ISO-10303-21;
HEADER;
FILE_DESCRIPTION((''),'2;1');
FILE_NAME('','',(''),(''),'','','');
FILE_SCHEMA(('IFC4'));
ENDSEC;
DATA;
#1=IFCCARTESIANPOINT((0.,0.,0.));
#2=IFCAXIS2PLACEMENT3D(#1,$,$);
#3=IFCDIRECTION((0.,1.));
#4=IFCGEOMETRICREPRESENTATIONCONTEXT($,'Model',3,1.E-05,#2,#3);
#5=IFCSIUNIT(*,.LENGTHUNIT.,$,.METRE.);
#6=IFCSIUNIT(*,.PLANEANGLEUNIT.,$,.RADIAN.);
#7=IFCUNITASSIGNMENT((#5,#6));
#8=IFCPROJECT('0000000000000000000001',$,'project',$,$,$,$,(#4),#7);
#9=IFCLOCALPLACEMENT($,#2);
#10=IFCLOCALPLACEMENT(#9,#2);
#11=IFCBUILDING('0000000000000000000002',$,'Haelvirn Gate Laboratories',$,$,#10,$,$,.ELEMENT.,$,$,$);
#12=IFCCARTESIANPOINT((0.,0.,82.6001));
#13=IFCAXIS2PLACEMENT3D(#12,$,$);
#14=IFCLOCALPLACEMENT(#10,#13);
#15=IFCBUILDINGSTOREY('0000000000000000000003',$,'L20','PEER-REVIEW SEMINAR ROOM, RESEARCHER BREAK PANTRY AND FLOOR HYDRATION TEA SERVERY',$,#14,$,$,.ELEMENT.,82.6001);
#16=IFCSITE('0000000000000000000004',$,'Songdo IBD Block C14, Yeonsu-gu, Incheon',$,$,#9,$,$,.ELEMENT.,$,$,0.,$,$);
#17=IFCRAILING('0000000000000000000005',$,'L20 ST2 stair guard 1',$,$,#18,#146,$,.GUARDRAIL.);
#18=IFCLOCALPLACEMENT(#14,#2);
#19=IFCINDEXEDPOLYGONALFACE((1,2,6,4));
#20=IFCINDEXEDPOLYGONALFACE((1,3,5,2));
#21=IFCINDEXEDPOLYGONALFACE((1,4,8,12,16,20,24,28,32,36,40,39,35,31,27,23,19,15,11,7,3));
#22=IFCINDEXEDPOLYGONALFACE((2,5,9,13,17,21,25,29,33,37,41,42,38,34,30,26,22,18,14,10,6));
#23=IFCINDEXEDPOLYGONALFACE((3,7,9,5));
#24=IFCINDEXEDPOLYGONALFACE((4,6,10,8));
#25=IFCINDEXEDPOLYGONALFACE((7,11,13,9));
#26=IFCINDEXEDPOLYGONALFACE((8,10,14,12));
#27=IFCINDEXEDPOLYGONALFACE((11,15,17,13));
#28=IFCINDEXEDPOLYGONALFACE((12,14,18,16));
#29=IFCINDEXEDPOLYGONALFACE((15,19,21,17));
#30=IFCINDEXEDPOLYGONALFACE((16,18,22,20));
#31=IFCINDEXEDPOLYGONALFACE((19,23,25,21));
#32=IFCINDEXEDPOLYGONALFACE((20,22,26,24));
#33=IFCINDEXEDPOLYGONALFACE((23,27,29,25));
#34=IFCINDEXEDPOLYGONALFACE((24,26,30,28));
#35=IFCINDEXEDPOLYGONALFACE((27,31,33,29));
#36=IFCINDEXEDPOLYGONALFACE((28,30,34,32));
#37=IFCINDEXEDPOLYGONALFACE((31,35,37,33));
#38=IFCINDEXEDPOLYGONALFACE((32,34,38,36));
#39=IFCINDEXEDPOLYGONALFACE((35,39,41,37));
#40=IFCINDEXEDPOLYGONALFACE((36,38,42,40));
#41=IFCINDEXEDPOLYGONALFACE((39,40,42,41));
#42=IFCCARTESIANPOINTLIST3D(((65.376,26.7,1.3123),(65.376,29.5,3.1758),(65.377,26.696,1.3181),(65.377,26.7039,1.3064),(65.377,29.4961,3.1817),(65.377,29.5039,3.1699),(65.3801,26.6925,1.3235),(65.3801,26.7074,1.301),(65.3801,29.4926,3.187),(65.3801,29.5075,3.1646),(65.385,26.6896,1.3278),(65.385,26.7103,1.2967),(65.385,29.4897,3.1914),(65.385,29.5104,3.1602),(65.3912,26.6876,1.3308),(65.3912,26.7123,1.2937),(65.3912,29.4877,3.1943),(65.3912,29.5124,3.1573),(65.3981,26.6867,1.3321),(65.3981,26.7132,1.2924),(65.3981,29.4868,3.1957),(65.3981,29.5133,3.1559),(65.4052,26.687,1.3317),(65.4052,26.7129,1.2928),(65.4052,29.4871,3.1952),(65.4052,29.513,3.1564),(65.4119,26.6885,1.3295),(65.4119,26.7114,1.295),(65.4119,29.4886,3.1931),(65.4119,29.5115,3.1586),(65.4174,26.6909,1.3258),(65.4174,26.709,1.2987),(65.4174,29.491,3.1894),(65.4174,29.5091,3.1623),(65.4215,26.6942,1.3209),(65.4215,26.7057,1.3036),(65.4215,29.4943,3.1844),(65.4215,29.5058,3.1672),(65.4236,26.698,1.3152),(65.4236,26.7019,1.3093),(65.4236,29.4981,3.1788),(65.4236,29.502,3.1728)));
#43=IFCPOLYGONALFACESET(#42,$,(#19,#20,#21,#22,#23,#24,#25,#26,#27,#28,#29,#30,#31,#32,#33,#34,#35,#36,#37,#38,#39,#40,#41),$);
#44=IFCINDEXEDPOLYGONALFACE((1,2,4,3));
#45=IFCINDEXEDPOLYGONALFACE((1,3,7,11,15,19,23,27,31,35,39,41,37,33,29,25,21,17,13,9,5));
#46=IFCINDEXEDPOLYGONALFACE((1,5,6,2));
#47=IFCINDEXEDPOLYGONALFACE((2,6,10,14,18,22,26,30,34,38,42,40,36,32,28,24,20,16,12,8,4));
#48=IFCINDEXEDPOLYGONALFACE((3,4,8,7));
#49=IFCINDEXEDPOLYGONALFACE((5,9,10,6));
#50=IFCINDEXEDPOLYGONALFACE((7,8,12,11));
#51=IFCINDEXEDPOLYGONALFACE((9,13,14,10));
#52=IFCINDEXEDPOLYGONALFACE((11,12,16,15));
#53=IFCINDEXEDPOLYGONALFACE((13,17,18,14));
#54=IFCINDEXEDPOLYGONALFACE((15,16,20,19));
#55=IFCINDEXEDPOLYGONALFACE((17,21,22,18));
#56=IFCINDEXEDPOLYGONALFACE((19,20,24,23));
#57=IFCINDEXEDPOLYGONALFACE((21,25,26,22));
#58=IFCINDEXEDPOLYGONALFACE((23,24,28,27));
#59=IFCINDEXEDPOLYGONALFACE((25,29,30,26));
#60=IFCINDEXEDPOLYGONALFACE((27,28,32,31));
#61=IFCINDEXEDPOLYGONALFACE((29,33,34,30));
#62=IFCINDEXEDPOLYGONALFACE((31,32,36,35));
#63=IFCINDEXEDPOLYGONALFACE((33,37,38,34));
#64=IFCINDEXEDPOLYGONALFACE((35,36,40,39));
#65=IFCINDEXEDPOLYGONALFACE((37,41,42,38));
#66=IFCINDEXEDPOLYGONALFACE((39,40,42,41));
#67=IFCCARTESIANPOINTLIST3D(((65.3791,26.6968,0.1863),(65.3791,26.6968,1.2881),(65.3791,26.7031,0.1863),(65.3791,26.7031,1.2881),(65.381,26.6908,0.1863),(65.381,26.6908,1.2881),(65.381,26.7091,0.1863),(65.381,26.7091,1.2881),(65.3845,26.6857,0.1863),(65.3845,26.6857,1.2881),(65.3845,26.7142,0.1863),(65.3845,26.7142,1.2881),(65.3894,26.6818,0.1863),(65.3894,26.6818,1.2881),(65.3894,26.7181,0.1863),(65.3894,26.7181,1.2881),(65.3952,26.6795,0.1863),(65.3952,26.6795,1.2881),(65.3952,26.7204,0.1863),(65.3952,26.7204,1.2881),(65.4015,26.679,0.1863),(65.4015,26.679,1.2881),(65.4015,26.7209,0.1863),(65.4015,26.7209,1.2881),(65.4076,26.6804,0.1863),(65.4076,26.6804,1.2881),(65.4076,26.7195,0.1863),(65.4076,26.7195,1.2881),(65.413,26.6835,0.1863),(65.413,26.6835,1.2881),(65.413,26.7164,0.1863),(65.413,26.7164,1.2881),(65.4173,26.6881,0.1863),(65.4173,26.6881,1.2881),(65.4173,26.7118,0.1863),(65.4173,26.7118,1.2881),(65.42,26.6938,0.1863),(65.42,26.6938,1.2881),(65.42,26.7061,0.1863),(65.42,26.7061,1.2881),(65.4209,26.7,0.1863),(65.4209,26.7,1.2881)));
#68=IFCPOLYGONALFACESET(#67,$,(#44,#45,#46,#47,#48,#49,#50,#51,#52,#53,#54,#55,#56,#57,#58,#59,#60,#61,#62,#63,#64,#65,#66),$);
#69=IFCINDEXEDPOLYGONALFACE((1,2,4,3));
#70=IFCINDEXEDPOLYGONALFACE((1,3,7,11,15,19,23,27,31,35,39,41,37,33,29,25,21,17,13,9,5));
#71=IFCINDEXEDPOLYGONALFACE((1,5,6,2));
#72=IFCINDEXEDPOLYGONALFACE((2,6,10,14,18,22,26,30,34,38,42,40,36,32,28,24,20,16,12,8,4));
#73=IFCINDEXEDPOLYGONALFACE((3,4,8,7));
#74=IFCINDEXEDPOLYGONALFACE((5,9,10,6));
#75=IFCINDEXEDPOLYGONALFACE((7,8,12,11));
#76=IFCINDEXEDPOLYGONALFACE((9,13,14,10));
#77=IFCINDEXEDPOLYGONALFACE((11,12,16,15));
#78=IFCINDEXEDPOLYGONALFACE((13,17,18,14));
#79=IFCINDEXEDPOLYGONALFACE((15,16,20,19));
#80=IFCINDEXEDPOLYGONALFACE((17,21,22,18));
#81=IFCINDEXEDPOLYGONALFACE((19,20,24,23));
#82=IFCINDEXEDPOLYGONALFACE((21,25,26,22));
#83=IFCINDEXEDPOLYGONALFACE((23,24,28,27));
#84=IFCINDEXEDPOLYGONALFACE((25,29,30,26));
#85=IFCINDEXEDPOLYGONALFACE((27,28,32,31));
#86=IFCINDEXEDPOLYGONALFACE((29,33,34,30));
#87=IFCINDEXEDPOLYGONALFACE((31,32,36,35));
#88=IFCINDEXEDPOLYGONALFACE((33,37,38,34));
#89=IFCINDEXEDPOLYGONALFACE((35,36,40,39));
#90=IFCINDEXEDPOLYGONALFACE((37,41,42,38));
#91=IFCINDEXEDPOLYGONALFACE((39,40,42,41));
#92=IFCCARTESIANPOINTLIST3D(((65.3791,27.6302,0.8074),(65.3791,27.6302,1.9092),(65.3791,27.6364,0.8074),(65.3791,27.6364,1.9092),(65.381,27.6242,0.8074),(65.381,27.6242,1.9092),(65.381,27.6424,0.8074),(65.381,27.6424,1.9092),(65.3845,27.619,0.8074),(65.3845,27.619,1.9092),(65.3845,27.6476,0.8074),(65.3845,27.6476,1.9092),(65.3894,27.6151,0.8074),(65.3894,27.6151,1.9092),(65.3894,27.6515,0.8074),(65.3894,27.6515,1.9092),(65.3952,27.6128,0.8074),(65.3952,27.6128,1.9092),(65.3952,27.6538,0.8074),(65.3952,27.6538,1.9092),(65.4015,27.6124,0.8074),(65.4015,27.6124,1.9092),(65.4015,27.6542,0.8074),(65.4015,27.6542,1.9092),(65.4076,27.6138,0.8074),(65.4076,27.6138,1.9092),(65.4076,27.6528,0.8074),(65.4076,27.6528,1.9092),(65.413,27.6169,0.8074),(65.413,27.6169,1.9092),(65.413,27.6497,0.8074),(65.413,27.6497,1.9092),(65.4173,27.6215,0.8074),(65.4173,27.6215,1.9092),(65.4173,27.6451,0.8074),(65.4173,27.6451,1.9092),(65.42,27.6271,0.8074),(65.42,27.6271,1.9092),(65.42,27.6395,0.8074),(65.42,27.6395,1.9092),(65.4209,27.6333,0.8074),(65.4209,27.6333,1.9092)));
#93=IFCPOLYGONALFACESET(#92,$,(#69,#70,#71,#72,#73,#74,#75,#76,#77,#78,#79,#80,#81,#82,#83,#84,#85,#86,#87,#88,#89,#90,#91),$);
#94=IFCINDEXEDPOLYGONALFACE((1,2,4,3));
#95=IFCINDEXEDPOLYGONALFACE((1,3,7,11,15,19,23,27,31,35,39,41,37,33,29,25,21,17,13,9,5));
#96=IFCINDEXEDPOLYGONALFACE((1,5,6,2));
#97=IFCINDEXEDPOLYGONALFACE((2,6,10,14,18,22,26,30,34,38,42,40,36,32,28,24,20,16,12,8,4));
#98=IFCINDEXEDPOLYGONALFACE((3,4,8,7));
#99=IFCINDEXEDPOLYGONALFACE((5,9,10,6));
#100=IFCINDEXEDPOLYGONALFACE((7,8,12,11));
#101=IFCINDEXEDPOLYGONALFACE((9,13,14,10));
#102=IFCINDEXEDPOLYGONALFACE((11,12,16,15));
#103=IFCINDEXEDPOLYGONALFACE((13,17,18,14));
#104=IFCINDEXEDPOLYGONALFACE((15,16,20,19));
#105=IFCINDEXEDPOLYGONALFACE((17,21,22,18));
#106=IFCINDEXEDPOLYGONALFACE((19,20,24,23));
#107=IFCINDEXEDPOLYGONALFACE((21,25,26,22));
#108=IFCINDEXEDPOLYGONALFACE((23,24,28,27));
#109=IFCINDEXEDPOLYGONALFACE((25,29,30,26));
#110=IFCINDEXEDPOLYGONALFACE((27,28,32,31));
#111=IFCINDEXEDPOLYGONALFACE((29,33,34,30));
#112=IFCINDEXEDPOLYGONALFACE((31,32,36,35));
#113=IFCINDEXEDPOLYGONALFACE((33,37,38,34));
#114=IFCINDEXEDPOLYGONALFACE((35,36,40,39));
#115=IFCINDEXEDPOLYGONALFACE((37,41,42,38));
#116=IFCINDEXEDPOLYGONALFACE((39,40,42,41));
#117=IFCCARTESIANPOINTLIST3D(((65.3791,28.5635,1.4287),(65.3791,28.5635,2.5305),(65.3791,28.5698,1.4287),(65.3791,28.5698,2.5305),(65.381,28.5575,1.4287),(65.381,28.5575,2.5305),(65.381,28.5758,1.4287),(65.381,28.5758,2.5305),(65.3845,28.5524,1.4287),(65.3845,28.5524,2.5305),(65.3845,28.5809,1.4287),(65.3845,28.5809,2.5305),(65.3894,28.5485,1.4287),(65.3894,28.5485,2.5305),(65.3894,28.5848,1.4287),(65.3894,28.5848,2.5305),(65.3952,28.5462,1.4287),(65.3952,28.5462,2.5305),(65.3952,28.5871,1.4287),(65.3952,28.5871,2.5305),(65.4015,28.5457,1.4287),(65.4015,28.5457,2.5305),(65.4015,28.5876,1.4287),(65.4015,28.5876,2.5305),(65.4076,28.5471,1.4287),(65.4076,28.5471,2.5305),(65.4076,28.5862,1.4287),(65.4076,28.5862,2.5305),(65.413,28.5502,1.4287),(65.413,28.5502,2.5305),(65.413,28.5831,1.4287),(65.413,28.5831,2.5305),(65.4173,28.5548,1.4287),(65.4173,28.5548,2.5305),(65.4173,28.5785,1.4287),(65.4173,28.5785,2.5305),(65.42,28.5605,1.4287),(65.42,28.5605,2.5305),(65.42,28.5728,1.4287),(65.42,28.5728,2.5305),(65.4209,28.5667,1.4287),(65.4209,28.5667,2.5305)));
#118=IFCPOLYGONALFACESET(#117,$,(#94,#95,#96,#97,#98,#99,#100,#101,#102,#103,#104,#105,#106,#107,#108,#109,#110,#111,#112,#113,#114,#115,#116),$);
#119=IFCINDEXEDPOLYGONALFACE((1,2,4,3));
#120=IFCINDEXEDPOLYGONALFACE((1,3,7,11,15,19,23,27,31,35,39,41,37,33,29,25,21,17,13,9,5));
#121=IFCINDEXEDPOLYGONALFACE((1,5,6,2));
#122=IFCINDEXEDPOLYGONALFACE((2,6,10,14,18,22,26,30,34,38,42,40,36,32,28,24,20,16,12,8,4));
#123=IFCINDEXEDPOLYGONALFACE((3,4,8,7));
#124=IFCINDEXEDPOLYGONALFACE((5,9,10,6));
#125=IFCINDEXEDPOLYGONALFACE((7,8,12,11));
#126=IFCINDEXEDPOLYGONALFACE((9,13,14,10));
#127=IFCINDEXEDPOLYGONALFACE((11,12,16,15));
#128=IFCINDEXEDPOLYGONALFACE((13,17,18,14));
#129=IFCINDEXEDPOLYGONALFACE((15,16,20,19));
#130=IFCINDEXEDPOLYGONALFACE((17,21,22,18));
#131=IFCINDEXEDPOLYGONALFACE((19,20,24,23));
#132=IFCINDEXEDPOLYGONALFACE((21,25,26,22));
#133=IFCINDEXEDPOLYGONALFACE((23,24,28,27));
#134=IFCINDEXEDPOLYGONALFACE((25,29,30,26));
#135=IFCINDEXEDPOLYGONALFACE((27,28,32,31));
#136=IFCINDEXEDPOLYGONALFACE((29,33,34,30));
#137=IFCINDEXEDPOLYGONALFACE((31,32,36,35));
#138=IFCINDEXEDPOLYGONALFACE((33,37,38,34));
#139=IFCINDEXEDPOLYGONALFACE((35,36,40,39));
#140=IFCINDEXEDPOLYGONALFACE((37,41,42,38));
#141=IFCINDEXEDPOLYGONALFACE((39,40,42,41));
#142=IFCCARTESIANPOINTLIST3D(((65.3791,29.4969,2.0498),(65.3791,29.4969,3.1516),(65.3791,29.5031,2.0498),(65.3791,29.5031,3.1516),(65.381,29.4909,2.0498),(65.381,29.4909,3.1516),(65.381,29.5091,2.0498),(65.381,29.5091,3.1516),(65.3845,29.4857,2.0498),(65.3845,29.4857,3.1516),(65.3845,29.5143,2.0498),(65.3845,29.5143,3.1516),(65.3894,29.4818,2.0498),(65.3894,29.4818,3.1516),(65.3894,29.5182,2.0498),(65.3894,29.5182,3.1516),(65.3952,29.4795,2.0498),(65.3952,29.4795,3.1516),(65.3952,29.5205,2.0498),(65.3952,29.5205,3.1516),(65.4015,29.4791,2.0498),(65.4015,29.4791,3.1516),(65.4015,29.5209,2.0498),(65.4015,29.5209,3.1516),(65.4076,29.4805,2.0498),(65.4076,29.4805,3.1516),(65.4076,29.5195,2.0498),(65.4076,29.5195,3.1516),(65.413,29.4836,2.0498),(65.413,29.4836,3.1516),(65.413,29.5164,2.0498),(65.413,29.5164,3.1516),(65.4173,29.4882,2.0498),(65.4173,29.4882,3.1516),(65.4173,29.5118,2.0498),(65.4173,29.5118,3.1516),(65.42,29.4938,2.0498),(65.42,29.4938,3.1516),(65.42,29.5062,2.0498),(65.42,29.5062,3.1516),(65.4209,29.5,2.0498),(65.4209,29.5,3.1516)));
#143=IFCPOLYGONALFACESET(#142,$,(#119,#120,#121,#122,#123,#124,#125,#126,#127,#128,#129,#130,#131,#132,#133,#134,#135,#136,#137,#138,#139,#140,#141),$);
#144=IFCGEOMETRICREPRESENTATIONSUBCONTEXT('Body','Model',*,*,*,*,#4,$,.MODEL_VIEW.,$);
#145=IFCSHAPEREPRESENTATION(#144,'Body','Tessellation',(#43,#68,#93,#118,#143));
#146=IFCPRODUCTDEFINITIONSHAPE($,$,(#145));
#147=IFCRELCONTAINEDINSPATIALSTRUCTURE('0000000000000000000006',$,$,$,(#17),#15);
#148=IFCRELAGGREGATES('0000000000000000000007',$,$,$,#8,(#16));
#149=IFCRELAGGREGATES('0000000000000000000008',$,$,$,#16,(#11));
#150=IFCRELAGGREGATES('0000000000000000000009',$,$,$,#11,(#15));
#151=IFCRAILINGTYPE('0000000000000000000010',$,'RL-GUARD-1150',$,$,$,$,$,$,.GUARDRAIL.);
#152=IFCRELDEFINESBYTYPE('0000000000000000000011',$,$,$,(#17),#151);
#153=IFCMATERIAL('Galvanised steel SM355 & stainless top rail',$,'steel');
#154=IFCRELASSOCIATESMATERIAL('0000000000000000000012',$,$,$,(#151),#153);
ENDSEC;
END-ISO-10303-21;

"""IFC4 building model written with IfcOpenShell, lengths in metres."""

from ifc_helpers import new_model, si_unit, direction, frame, origin, origin_2d, place, context, subcontext, project, spatial, circle, extrude, source, transform, mapped, material, type_object, element, save


model = new_model("IFC4")

# Units and contexts
model_context = context("Model", 3, precision=1e-05, world=origin(), true_north=direction((0.0, 1.0)))
body_context = subcontext(model_context, "Body", "Model", "MODEL_VIEW")
ifc_project = project(units=[si_unit("LENGTHUNIT", "METRE"), si_unit("PLANEANGLEUNIT", "RADIAN")], contexts=[model_context])

# Site, building, storey
site_placement = place(None, origin())
site = spatial("IfcSite", under=ifc_project, at=site_placement, Name="Songdo IBD Block C14, Yeonsu-gu, Incheon", CompositionType="ELEMENT", RefElevation=0.0)
building_placement = place(site_placement, origin())
building = spatial("IfcBuilding", under=site, at=building_placement, Name="Haelvirn Gate Laboratories", CompositionType="ELEMENT")
storey_placement = place(building_placement, frame((0.0, 0.0, 82.6001)))
storey = spatial("IfcBuildingStorey", under=building, at=storey_placement, Name="L20", Description="PEER-REVIEW SEMINAR ROOM, RESEARCHER BREAK PANTRY AND FLOOR HYDRATION TEA SERVERY", CompositionType="ELEMENT", Elevation=82.6001)

# Railing
ifc_material_1 = material(Name="Galvanised steel SM355 & stainless top rail", Category="steel")
railing_type_1 = type_object("IfcRailingType", Name="RL-GUARD-1150", PredefinedType="GUARDRAIL", material=ifc_material_1)
shared_shape_1 = source(origin(), body_context, "Body", "SweptSolid", [
    extrude(circle(Radius=0.0239, at=origin_2d()), frame((0.0, 0.0, 1.126), z_axis=(0.0, 0.832486, 0.554047), x_axis=(-1.0, 0.0, 0.0)), (0.0, 0.0, 1.0), 3.3635),
    extrude(circle(Radius=0.021, at=origin_2d()), origin(), (0.0, 0.0, 1.0), 1.1018),
    extrude(circle(Radius=0.021, at=origin_2d()), frame((0.0, 0.9333, 0.6211)), (0.0, 0.0, 1.0), 1.1018),
    extrude(circle(Radius=0.021, at=origin_2d()), frame((0.0, 1.8667, 1.2424)), (0.0, 0.0, 1.0), 1.1018),
    extrude(circle(Radius=0.021, at=origin_2d()), frame((0.0, 2.8, 1.8635)), (0.0, 0.0, 1.0), 1.1018),
])
railing_1_placement = place(storey_placement, frame((65.3999, 26.7, 0.1863)))
element("IfcRailing", 1, at=railing_1_placement, inside=storey, type_object=railing_type_1, Name="L20 ST2 stair guard 1", PredefinedType="GUARDRAIL", context=body_context, shape_type="MappedRepresentation", body=[
    mapped(shared_shape_1, transform((0.0, 0.0, 0.0), scale=1.0)),
])

save(model, "model.ifc")
